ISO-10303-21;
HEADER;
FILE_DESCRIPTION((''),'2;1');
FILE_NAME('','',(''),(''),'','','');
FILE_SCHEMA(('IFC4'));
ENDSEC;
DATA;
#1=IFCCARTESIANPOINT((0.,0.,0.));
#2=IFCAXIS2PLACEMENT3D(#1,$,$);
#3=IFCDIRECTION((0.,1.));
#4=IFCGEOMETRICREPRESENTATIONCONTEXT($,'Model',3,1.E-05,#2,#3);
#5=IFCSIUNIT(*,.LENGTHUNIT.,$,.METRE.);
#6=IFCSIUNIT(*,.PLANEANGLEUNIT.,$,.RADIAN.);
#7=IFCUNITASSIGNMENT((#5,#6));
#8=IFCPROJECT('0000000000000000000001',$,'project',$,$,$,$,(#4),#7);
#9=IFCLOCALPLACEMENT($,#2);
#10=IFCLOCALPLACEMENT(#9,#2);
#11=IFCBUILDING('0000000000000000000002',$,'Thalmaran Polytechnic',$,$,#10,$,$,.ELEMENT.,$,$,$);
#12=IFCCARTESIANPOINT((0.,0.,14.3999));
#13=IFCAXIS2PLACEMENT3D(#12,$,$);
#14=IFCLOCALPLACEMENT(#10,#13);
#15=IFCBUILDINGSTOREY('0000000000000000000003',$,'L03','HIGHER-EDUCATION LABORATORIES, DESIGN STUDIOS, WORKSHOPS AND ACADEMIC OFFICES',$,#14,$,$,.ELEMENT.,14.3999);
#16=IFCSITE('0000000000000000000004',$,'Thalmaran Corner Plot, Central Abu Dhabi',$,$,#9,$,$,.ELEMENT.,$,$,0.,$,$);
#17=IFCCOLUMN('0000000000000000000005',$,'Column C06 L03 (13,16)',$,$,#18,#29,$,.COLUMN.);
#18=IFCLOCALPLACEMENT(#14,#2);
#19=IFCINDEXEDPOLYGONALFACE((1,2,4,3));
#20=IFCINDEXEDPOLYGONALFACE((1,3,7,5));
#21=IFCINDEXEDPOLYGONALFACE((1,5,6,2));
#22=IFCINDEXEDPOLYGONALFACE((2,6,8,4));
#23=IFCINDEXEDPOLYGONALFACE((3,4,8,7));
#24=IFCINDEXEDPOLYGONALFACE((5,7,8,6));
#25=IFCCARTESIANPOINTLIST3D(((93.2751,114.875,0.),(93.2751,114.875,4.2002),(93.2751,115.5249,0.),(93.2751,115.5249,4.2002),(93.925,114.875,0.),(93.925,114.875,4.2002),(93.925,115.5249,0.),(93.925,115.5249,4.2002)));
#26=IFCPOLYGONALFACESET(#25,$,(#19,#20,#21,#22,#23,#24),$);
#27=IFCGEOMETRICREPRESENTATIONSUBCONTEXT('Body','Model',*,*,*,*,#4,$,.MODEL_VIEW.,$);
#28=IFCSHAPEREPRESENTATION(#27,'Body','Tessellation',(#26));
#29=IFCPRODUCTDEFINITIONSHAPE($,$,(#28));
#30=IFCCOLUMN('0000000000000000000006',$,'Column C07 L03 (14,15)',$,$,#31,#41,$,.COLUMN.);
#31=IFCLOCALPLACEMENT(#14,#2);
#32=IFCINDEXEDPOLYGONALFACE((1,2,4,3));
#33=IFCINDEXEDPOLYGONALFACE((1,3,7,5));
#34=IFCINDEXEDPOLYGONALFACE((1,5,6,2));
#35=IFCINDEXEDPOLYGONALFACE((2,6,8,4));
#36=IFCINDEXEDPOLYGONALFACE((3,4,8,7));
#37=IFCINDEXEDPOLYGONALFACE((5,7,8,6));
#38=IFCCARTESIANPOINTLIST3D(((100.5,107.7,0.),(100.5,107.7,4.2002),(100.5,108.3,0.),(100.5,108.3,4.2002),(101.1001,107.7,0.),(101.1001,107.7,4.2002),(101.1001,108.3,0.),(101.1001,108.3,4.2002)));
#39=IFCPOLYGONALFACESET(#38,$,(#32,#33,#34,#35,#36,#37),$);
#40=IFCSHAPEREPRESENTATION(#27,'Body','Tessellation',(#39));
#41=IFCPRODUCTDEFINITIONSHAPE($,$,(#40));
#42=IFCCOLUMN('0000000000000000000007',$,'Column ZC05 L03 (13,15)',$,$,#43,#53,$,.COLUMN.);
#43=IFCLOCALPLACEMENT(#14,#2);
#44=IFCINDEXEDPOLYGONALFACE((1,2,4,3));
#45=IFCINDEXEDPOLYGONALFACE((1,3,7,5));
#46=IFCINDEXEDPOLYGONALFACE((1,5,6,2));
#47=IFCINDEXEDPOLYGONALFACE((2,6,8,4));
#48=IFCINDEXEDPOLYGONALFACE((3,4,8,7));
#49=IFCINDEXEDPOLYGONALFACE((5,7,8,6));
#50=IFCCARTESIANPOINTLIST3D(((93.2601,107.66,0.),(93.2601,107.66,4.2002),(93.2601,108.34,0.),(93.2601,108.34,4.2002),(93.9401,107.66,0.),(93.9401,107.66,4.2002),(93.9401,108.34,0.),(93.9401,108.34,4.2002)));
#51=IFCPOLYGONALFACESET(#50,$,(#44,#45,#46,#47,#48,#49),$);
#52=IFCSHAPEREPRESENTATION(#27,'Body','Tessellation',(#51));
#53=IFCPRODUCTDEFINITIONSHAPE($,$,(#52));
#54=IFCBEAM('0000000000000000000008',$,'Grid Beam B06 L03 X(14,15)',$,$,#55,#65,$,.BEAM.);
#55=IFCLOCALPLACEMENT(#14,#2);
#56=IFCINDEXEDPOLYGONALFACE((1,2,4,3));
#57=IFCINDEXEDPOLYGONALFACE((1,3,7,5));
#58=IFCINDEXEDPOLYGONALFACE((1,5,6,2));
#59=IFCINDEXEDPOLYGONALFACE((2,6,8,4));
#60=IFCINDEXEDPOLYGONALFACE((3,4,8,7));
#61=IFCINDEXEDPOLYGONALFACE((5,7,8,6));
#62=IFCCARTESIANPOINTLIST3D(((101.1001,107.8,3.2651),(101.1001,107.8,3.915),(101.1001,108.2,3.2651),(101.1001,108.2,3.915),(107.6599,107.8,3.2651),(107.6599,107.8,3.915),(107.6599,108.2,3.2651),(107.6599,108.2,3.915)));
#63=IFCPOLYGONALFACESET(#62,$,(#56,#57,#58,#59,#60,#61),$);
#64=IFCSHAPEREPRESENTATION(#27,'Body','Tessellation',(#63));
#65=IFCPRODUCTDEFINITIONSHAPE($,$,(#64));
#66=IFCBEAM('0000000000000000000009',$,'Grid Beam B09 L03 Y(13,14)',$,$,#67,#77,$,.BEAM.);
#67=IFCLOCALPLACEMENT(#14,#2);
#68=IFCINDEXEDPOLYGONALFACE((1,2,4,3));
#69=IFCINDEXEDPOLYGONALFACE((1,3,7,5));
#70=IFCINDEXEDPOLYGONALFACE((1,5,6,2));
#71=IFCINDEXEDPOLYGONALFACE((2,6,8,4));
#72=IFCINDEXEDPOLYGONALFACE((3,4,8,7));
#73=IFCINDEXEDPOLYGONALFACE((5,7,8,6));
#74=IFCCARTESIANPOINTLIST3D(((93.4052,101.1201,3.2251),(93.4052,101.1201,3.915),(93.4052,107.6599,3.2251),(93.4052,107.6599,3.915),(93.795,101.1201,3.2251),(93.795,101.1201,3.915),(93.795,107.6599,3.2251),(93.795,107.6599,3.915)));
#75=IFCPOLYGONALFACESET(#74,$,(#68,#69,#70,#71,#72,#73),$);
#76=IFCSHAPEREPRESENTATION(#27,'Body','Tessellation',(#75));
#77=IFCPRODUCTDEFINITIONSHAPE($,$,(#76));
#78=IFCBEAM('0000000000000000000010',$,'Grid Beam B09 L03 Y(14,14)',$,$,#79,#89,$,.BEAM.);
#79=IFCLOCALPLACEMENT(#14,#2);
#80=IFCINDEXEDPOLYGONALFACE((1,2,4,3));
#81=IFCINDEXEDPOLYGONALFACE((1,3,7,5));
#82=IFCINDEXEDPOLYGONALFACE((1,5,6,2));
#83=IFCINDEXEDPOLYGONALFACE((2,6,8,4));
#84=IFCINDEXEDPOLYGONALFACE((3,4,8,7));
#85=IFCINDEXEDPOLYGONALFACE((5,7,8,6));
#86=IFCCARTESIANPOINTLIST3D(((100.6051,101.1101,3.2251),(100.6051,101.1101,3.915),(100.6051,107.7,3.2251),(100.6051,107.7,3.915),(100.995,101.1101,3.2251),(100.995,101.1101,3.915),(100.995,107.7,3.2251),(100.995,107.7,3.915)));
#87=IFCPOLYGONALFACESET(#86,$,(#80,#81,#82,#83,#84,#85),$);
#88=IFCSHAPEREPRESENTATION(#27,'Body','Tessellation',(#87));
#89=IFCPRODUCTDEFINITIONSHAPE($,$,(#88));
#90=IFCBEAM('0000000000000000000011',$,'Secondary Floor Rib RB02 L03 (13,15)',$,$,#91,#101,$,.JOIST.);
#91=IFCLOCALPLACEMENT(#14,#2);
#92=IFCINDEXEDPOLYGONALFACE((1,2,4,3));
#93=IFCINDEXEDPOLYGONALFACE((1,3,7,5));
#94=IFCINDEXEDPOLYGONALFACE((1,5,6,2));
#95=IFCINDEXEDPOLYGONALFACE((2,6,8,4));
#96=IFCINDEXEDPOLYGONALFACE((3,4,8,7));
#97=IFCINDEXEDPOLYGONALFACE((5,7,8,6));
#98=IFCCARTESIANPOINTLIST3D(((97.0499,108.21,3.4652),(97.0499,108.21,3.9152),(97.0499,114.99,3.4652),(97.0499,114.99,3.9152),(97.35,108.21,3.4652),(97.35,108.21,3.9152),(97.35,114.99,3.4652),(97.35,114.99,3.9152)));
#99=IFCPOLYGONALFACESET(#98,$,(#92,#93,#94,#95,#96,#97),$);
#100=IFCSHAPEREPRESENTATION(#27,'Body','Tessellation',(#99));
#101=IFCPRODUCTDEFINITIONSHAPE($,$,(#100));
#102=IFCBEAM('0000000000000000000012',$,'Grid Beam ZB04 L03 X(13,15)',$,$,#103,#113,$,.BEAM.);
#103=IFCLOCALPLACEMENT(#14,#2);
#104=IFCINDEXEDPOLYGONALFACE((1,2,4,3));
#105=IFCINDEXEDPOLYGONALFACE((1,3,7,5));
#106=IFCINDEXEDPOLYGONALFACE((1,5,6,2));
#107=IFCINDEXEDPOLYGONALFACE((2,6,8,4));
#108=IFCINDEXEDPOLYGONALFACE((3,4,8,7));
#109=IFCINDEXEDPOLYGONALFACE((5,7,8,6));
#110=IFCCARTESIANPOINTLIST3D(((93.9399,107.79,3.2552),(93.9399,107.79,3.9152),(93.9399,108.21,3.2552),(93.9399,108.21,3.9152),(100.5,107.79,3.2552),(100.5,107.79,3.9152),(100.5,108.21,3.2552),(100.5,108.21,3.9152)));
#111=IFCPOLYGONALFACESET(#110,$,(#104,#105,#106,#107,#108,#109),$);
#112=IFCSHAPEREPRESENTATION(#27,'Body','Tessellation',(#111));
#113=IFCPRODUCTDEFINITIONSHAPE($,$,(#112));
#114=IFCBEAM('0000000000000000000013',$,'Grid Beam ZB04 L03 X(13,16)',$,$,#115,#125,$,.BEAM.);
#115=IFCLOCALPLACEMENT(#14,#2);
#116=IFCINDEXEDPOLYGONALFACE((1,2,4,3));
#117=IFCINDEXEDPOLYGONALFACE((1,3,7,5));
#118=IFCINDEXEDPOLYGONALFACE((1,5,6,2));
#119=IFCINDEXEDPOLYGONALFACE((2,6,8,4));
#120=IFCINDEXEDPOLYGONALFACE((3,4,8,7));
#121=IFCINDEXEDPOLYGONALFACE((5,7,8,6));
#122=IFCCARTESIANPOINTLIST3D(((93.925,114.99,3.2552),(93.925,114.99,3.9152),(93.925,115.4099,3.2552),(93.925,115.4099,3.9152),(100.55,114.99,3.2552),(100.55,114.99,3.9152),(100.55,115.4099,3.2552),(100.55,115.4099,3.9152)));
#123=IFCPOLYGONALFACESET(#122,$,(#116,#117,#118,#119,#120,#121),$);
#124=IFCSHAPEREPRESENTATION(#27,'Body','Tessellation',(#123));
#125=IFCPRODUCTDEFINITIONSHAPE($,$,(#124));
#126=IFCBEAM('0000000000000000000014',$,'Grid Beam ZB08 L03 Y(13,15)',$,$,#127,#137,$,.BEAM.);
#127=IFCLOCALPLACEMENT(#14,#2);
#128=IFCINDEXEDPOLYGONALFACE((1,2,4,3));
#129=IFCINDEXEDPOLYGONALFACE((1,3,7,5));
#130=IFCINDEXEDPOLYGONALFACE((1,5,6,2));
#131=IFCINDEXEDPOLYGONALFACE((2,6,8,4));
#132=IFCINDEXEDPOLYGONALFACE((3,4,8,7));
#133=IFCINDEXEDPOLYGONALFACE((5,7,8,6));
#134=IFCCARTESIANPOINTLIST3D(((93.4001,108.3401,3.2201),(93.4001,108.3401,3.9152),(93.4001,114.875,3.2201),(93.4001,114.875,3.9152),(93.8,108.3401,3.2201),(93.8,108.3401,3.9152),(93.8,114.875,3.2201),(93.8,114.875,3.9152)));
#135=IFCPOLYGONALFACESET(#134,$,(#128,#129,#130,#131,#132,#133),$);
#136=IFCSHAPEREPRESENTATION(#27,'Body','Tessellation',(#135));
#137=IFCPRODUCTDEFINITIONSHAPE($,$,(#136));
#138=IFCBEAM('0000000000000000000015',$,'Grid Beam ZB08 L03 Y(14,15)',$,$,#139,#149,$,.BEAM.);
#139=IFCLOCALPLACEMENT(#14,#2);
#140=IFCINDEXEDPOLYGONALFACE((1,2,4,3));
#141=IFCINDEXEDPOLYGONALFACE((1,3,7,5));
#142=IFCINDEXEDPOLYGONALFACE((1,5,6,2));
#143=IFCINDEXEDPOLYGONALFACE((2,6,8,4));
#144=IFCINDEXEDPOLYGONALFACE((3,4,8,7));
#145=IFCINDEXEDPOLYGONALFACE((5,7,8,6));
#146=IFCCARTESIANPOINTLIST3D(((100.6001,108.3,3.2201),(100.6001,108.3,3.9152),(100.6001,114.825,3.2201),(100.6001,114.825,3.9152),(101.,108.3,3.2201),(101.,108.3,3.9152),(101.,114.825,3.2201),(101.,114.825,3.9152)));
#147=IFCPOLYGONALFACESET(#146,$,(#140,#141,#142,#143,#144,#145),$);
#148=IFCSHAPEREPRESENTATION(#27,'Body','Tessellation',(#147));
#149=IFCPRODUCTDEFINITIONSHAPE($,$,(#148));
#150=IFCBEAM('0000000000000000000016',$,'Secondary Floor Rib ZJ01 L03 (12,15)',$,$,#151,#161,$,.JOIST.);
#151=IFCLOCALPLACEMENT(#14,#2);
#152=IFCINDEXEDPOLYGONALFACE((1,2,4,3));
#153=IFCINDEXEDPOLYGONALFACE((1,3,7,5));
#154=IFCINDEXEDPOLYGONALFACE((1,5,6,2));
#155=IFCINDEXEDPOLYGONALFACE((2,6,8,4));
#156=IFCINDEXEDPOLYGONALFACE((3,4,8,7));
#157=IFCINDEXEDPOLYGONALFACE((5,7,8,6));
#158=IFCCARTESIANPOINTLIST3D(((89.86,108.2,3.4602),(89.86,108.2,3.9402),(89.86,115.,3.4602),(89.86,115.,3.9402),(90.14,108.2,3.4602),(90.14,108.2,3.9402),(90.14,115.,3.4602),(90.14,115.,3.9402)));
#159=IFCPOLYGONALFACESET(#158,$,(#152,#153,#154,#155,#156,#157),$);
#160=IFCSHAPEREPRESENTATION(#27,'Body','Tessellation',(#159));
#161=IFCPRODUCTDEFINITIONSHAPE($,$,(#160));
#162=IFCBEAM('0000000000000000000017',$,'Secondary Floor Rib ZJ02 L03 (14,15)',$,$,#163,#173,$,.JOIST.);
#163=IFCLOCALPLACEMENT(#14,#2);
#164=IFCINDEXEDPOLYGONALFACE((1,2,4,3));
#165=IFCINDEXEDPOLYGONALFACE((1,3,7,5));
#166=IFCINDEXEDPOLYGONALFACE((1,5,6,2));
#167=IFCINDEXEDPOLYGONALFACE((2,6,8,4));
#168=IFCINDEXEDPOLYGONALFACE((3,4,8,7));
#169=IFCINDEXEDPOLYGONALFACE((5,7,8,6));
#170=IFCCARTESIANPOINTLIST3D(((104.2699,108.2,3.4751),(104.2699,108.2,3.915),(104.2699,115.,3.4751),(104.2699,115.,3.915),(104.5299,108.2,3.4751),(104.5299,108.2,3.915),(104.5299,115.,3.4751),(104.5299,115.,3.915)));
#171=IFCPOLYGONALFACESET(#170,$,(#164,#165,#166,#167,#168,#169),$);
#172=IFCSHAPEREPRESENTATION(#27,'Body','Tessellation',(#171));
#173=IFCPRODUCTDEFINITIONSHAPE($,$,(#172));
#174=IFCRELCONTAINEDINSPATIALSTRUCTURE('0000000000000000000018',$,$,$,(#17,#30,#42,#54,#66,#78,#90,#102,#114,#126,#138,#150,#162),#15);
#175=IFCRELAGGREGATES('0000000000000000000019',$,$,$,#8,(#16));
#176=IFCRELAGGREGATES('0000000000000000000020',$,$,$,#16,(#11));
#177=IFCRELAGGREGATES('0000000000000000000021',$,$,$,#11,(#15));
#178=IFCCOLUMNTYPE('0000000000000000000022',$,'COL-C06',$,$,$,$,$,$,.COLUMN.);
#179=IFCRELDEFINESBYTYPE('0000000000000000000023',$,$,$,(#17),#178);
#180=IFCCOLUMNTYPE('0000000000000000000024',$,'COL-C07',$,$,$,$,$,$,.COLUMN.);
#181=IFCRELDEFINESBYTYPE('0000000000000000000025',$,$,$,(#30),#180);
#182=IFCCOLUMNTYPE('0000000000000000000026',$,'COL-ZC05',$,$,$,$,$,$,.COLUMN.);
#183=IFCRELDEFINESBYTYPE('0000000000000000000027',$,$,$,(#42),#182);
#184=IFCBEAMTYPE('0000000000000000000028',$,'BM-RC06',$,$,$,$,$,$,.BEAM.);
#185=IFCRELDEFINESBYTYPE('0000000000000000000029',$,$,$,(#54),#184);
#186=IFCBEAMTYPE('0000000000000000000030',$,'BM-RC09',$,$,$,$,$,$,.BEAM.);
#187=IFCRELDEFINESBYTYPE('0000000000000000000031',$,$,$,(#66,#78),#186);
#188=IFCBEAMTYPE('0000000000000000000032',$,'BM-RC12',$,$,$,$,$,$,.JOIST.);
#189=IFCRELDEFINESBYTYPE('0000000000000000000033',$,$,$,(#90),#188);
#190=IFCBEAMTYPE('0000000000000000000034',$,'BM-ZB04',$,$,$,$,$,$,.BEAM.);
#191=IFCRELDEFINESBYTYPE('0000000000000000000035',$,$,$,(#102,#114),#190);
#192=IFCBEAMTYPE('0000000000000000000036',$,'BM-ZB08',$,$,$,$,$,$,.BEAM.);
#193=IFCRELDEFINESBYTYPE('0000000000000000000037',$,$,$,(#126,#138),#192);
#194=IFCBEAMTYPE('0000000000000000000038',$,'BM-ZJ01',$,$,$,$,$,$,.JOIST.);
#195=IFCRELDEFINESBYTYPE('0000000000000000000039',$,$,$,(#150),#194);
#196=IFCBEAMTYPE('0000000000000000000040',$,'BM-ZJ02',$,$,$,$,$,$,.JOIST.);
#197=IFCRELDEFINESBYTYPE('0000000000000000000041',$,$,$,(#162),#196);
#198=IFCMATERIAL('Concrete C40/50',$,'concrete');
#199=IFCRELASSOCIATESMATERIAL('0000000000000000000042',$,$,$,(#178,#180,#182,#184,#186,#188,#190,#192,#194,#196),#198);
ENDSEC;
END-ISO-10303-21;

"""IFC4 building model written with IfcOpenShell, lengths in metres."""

from ifc_helpers import new_model, si_unit, direction, frame, origin, origin_2d, place, context, subcontext, project, spatial, rectangle, extrude, material, material_profile, profile_set, type_object, element, save


model = new_model("IFC4")

# Units and contexts
model_context = context("Model", 3, precision=1e-05, world=origin(), true_north=direction((0.0, 1.0)))
body_context = subcontext(model_context, "Body", "Model", "MODEL_VIEW")
ifc_project = project(units=[si_unit("LENGTHUNIT", "METRE"), si_unit("PLANEANGLEUNIT", "RADIAN")], contexts=[model_context])

# Site, building, storey
site_placement = place(None, origin())
site = spatial("IfcSite", under=ifc_project, at=site_placement, Name="Thalmaran Corner Plot, Central Abu Dhabi", CompositionType="ELEMENT", RefElevation=0.0)
building_placement = place(site_placement, origin())
building = spatial("IfcBuilding", under=site, at=building_placement, Name="Thalmaran Polytechnic", CompositionType="ELEMENT")
storey_placement = place(building_placement, frame((0.0, 0.0, 14.3999)))
storey = spatial("IfcBuildingStorey", under=building, at=storey_placement, Name="L03", Description="HIGHER-EDUCATION LABORATORIES, DESIGN STUDIOS, WORKSHOPS AND ACADEMIC OFFICES", CompositionType="ELEMENT", Elevation=14.3999)

# Columns
ifc_material_1 = material(Name="Concrete C40/50", Category="concrete")
ifc_material_profile_1 = material_profile(ifc_material_1, rectangle(XDim=0.6499, YDim=0.6499, at=origin_2d()), Name="RC 650x650")
ifc_profile_set_1 = profile_set([ifc_material_profile_1], Name="Concrete C40/50")
column_type_1 = type_object("IfcColumnType", Name="COL-C06", PredefinedType="COLUMN", material=ifc_profile_set_1)
column_1_placement = place(storey_placement, frame((93.6001, 115.2, 0.0), z_axis=(0.0, 0.0, 1.0), x_axis=(1.0, 0.0, 0.0)))
element("IfcColumn", 1, at=column_1_placement, inside=storey, type_object=column_type_1, Name="Column C06 L03 (13,16)", PredefinedType="COLUMN", context=body_context, shape_type="SweptSolid", body=[
    extrude(rectangle(XDim=0.6499, YDim=0.6499, at=origin_2d()), origin(), (0.0, 0.0, 1.0), 4.2002),
])
ifc_material_profile_2 = material_profile(ifc_material_1, rectangle(XDim=0.6001, YDim=0.6001, at=origin_2d()), Name="RC 600x600")
ifc_profile_set_2 = profile_set([ifc_material_profile_2], Name="Concrete C40/50")
column_type_2 = type_object("IfcColumnType", Name="COL-C07", PredefinedType="COLUMN", material=ifc_profile_set_2)
column_2_placement = place(storey_placement, frame((100.8, 108.0, 0.0), z_axis=(0.0, 0.0, 1.0), x_axis=(1.0, 0.0, 0.0)))
element("IfcColumn", 2, at=column_2_placement, inside=storey, type_object=column_type_2, Name="Column C07 L03 (14,15)", PredefinedType="COLUMN", context=body_context, shape_type="SweptSolid", body=[
    extrude(rectangle(XDim=0.6001, YDim=0.6001, at=origin_2d()), origin(), (0.0, 0.0, 1.0), 4.2002),
])
ifc_material_profile_3 = material_profile(ifc_material_1, rectangle(XDim=0.6799, YDim=0.6799, at=origin_2d()), Name="RC 680x680")
ifc_profile_set_3 = profile_set([ifc_material_profile_3], Name="Concrete C40/50")
column_type_3 = type_object("IfcColumnType", Name="COL-ZC05", PredefinedType="COLUMN", material=ifc_profile_set_3)
column_3_placement = place(storey_placement, frame((93.6001, 108.0, 0.0), z_axis=(0.0, 0.0, 1.0), x_axis=(1.0, 0.0, 0.0)))
element("IfcColumn", 3, at=column_3_placement, inside=storey, type_object=column_type_3, Name="Column ZC05 L03 (13,15)", PredefinedType="COLUMN", context=body_context, shape_type="SweptSolid", body=[
    extrude(rectangle(XDim=0.6799, YDim=0.6799, at=origin_2d()), origin(), (0.0, 0.0, 1.0), 4.2002),
])

# Beams
ifc_material_profile_4 = material_profile(ifc_material_1, rectangle(XDim=0.3999, YDim=0.6499, at=origin_2d()), Name="RC 400x650")
ifc_profile_set_4 = profile_set([ifc_material_profile_4], Name="Concrete C40/50")
beam_type_1 = type_object("IfcBeamType", Name="BM-RC06", PredefinedType="BEAM", material=ifc_profile_set_4)
beam_1_placement = place(storey_placement, frame((101.1001, 108.0, 3.5901), z_axis=(1.0, 0.0, 0.0), x_axis=(0.0, 1.0, 0.0)))
element("IfcBeam", 4, at=beam_1_placement, inside=storey, type_object=beam_type_1, Name="Grid Beam B06 L03 X(14,15)", PredefinedType="BEAM", context=body_context, shape_type="SweptSolid", body=[
    extrude(rectangle(XDim=0.3999, YDim=0.6499, at=origin_2d()), origin(), (0.0, 0.0, 1.0), 6.5598),
])
ifc_material_profile_5 = material_profile(ifc_material_1, rectangle(XDim=0.3899, YDim=0.6899, at=origin_2d()), Name="RC 390x690")
ifc_profile_set_5 = profile_set([ifc_material_profile_5], Name="Concrete C40/50")
beam_type_2 = type_object("IfcBeamType", Name="BM-RC09", PredefinedType="BEAM", material=ifc_profile_set_5)
beam_2_placement = place(storey_placement, frame((93.6001, 101.1201, 3.5701), z_axis=(0.0, 1.0, 0.0), x_axis=(-1.0, 0.0, 0.0)))
element("IfcBeam", 5, at=beam_2_placement, inside=storey, type_object=beam_type_2, Name="Grid Beam B09 L03 Y(13,14)", PredefinedType="BEAM", context=body_context, shape_type="SweptSolid", body=[
    extrude(rectangle(XDim=0.3899, YDim=0.6899, at=origin_2d()), origin(), (0.0, 0.0, 1.0), 6.5398),
])
beam_3_placement = place(storey_placement, frame((100.8, 101.1101, 3.5701), z_axis=(0.0, 1.0, 0.0), x_axis=(-1.0, 0.0, 0.0)))
element("IfcBeam", 6, at=beam_3_placement, inside=storey, type_object=beam_type_2, Name="Grid Beam B09 L03 Y(14,14)", PredefinedType="BEAM", context=body_context, shape_type="SweptSolid", body=[
    extrude(rectangle(XDim=0.3899, YDim=0.6899, at=origin_2d()), origin(), (0.0, 0.0, 1.0), 6.5898),
])
ifc_material_profile_6 = material_profile(ifc_material_1, rectangle(XDim=0.3, YDim=0.45, at=origin_2d()), Name="RC 300x450")
ifc_profile_set_6 = profile_set([ifc_material_profile_6], Name="Concrete C40/50")
beam_type_3 = type_object("IfcBeamType", Name="BM-RC12", PredefinedType="JOIST", material=ifc_profile_set_6)
beam_4_placement = place(storey_placement, frame((97.2, 108.21, 3.6902), z_axis=(0.0, 1.0, 0.0), x_axis=(-1.0, 0.0, 0.0)))
element("IfcBeam", 7, at=beam_4_placement, inside=storey, type_object=beam_type_3, Name="Secondary Floor Rib RB02 L03 (13,15)", PredefinedType="JOIST", context=body_context, shape_type="SweptSolid", body=[
    extrude(rectangle(XDim=0.3, YDim=0.45, at=origin_2d()), origin(), (0.0, 0.0, 1.0), 6.78),
])
ifc_material_profile_7 = material_profile(ifc_material_1, rectangle(XDim=0.4199, YDim=0.6599, at=origin_2d()), Name="RC 420x660")
ifc_profile_set_7 = profile_set([ifc_material_profile_7], Name="Concrete C40/50")
beam_type_4 = type_object("IfcBeamType", Name="BM-ZB04", PredefinedType="BEAM", material=ifc_profile_set_7)
beam_5_placement = place(storey_placement, frame((93.9399, 108.0, 3.5852), z_axis=(1.0, 0.0, 0.0), x_axis=(0.0, 1.0, 0.0)))
element("IfcBeam", 8, at=beam_5_placement, inside=storey, type_object=beam_type_4, Name="Grid Beam ZB04 L03 X(13,15)", PredefinedType="BEAM", context=body_context, shape_type="SweptSolid", body=[
    extrude(rectangle(XDim=0.4199, YDim=0.6599, at=origin_2d()), origin(), (0.0, 0.0, 1.0), 6.5601),
])
beam_6_placement = place(storey_placement, frame((93.925, 115.2, 3.5852), z_axis=(1.0, 0.0, 0.0), x_axis=(0.0, 1.0, 0.0)))
element("IfcBeam", 9, at=beam_6_placement, inside=storey, type_object=beam_type_4, Name="Grid Beam ZB04 L03 X(13,16)", PredefinedType="BEAM", context=body_context, shape_type="SweptSolid", body=[
    extrude(rectangle(XDim=0.4199, YDim=0.6599, at=origin_2d()), origin(), (0.0, 0.0, 1.0), 6.625),
])
ifc_material_profile_8 = material_profile(ifc_material_1, rectangle(XDim=0.3999, YDim=0.6951, at=origin_2d()), Name="RC 400x695")
ifc_profile_set_8 = profile_set([ifc_material_profile_8], Name="Concrete C40/50")
beam_type_5 = type_object("IfcBeamType", Name="BM-ZB08", PredefinedType="BEAM", material=ifc_profile_set_8)
beam_7_placement = place(storey_placement, frame((93.6001, 108.3401, 3.5676), z_axis=(0.0, 1.0, 0.0), x_axis=(-1.0, 0.0, 0.0)))
element("IfcBeam", 10, at=beam_7_placement, inside=storey, type_object=beam_type_5, Name="Grid Beam ZB08 L03 Y(13,15)", PredefinedType="BEAM", context=body_context, shape_type="SweptSolid", body=[
    extrude(rectangle(XDim=0.3999, YDim=0.6951, at=origin_2d()), origin(), (0.0, 0.0, 1.0), 6.5349),
])
beam_8_placement = place(storey_placement, frame((100.8, 108.3, 3.5676), z_axis=(0.0, 1.0, 0.0), x_axis=(-1.0, 0.0, 0.0)))
element("IfcBeam", 11, at=beam_8_placement, inside=storey, type_object=beam_type_5, Name="Grid Beam ZB08 L03 Y(14,15)", PredefinedType="BEAM", context=body_context, shape_type="SweptSolid", body=[
    extrude(rectangle(XDim=0.3999, YDim=0.6951, at=origin_2d()), origin(), (0.0, 0.0, 1.0), 6.5249),
])
ifc_material_profile_9 = material_profile(ifc_material_1, rectangle(XDim=0.28, YDim=0.48, at=origin_2d()), Name="RC 280x480")
ifc_profile_set_9 = profile_set([ifc_material_profile_9], Name="Concrete C40/50")
beam_type_6 = type_object("IfcBeamType", Name="BM-ZJ01", PredefinedType="JOIST", material=ifc_profile_set_9)
beam_9_placement = place(storey_placement, frame((90.0, 108.2, 3.7002), z_axis=(0.0, 1.0, 0.0), x_axis=(-1.0, 0.0, 0.0)))
element("IfcBeam", 12, at=beam_9_placement, inside=storey, type_object=beam_type_6, Name="Secondary Floor Rib ZJ01 L03 (12,15)", PredefinedType="JOIST", context=body_context, shape_type="SweptSolid", body=[
    extrude(rectangle(XDim=0.28, YDim=0.48, at=origin_2d()), origin(), (0.0, 0.0, 1.0), 6.8),
])
ifc_material_profile_10 = material_profile(ifc_material_1, rectangle(XDim=0.26, YDim=0.4399, at=origin_2d()), Name="RC 260x440")
ifc_profile_set_10 = profile_set([ifc_material_profile_10], Name="Concrete C40/50")
beam_type_7 = type_object("IfcBeamType", Name="BM-ZJ02", PredefinedType="JOIST", material=ifc_profile_set_10)
beam_10_placement = place(storey_placement, frame((104.3999, 108.2, 3.6951), z_axis=(0.0, 1.0, 0.0), x_axis=(-1.0, 0.0, 0.0)))
element("IfcBeam", 13, at=beam_10_placement, inside=storey, type_object=beam_type_7, Name="Secondary Floor Rib ZJ02 L03 (14,15)", PredefinedType="JOIST", context=body_context, shape_type="SweptSolid", body=[
    extrude(rectangle(XDim=0.26, YDim=0.4399, at=origin_2d()), origin(), (0.0, 0.0, 1.0), 6.8),
])

save(model, "model.ifc")
